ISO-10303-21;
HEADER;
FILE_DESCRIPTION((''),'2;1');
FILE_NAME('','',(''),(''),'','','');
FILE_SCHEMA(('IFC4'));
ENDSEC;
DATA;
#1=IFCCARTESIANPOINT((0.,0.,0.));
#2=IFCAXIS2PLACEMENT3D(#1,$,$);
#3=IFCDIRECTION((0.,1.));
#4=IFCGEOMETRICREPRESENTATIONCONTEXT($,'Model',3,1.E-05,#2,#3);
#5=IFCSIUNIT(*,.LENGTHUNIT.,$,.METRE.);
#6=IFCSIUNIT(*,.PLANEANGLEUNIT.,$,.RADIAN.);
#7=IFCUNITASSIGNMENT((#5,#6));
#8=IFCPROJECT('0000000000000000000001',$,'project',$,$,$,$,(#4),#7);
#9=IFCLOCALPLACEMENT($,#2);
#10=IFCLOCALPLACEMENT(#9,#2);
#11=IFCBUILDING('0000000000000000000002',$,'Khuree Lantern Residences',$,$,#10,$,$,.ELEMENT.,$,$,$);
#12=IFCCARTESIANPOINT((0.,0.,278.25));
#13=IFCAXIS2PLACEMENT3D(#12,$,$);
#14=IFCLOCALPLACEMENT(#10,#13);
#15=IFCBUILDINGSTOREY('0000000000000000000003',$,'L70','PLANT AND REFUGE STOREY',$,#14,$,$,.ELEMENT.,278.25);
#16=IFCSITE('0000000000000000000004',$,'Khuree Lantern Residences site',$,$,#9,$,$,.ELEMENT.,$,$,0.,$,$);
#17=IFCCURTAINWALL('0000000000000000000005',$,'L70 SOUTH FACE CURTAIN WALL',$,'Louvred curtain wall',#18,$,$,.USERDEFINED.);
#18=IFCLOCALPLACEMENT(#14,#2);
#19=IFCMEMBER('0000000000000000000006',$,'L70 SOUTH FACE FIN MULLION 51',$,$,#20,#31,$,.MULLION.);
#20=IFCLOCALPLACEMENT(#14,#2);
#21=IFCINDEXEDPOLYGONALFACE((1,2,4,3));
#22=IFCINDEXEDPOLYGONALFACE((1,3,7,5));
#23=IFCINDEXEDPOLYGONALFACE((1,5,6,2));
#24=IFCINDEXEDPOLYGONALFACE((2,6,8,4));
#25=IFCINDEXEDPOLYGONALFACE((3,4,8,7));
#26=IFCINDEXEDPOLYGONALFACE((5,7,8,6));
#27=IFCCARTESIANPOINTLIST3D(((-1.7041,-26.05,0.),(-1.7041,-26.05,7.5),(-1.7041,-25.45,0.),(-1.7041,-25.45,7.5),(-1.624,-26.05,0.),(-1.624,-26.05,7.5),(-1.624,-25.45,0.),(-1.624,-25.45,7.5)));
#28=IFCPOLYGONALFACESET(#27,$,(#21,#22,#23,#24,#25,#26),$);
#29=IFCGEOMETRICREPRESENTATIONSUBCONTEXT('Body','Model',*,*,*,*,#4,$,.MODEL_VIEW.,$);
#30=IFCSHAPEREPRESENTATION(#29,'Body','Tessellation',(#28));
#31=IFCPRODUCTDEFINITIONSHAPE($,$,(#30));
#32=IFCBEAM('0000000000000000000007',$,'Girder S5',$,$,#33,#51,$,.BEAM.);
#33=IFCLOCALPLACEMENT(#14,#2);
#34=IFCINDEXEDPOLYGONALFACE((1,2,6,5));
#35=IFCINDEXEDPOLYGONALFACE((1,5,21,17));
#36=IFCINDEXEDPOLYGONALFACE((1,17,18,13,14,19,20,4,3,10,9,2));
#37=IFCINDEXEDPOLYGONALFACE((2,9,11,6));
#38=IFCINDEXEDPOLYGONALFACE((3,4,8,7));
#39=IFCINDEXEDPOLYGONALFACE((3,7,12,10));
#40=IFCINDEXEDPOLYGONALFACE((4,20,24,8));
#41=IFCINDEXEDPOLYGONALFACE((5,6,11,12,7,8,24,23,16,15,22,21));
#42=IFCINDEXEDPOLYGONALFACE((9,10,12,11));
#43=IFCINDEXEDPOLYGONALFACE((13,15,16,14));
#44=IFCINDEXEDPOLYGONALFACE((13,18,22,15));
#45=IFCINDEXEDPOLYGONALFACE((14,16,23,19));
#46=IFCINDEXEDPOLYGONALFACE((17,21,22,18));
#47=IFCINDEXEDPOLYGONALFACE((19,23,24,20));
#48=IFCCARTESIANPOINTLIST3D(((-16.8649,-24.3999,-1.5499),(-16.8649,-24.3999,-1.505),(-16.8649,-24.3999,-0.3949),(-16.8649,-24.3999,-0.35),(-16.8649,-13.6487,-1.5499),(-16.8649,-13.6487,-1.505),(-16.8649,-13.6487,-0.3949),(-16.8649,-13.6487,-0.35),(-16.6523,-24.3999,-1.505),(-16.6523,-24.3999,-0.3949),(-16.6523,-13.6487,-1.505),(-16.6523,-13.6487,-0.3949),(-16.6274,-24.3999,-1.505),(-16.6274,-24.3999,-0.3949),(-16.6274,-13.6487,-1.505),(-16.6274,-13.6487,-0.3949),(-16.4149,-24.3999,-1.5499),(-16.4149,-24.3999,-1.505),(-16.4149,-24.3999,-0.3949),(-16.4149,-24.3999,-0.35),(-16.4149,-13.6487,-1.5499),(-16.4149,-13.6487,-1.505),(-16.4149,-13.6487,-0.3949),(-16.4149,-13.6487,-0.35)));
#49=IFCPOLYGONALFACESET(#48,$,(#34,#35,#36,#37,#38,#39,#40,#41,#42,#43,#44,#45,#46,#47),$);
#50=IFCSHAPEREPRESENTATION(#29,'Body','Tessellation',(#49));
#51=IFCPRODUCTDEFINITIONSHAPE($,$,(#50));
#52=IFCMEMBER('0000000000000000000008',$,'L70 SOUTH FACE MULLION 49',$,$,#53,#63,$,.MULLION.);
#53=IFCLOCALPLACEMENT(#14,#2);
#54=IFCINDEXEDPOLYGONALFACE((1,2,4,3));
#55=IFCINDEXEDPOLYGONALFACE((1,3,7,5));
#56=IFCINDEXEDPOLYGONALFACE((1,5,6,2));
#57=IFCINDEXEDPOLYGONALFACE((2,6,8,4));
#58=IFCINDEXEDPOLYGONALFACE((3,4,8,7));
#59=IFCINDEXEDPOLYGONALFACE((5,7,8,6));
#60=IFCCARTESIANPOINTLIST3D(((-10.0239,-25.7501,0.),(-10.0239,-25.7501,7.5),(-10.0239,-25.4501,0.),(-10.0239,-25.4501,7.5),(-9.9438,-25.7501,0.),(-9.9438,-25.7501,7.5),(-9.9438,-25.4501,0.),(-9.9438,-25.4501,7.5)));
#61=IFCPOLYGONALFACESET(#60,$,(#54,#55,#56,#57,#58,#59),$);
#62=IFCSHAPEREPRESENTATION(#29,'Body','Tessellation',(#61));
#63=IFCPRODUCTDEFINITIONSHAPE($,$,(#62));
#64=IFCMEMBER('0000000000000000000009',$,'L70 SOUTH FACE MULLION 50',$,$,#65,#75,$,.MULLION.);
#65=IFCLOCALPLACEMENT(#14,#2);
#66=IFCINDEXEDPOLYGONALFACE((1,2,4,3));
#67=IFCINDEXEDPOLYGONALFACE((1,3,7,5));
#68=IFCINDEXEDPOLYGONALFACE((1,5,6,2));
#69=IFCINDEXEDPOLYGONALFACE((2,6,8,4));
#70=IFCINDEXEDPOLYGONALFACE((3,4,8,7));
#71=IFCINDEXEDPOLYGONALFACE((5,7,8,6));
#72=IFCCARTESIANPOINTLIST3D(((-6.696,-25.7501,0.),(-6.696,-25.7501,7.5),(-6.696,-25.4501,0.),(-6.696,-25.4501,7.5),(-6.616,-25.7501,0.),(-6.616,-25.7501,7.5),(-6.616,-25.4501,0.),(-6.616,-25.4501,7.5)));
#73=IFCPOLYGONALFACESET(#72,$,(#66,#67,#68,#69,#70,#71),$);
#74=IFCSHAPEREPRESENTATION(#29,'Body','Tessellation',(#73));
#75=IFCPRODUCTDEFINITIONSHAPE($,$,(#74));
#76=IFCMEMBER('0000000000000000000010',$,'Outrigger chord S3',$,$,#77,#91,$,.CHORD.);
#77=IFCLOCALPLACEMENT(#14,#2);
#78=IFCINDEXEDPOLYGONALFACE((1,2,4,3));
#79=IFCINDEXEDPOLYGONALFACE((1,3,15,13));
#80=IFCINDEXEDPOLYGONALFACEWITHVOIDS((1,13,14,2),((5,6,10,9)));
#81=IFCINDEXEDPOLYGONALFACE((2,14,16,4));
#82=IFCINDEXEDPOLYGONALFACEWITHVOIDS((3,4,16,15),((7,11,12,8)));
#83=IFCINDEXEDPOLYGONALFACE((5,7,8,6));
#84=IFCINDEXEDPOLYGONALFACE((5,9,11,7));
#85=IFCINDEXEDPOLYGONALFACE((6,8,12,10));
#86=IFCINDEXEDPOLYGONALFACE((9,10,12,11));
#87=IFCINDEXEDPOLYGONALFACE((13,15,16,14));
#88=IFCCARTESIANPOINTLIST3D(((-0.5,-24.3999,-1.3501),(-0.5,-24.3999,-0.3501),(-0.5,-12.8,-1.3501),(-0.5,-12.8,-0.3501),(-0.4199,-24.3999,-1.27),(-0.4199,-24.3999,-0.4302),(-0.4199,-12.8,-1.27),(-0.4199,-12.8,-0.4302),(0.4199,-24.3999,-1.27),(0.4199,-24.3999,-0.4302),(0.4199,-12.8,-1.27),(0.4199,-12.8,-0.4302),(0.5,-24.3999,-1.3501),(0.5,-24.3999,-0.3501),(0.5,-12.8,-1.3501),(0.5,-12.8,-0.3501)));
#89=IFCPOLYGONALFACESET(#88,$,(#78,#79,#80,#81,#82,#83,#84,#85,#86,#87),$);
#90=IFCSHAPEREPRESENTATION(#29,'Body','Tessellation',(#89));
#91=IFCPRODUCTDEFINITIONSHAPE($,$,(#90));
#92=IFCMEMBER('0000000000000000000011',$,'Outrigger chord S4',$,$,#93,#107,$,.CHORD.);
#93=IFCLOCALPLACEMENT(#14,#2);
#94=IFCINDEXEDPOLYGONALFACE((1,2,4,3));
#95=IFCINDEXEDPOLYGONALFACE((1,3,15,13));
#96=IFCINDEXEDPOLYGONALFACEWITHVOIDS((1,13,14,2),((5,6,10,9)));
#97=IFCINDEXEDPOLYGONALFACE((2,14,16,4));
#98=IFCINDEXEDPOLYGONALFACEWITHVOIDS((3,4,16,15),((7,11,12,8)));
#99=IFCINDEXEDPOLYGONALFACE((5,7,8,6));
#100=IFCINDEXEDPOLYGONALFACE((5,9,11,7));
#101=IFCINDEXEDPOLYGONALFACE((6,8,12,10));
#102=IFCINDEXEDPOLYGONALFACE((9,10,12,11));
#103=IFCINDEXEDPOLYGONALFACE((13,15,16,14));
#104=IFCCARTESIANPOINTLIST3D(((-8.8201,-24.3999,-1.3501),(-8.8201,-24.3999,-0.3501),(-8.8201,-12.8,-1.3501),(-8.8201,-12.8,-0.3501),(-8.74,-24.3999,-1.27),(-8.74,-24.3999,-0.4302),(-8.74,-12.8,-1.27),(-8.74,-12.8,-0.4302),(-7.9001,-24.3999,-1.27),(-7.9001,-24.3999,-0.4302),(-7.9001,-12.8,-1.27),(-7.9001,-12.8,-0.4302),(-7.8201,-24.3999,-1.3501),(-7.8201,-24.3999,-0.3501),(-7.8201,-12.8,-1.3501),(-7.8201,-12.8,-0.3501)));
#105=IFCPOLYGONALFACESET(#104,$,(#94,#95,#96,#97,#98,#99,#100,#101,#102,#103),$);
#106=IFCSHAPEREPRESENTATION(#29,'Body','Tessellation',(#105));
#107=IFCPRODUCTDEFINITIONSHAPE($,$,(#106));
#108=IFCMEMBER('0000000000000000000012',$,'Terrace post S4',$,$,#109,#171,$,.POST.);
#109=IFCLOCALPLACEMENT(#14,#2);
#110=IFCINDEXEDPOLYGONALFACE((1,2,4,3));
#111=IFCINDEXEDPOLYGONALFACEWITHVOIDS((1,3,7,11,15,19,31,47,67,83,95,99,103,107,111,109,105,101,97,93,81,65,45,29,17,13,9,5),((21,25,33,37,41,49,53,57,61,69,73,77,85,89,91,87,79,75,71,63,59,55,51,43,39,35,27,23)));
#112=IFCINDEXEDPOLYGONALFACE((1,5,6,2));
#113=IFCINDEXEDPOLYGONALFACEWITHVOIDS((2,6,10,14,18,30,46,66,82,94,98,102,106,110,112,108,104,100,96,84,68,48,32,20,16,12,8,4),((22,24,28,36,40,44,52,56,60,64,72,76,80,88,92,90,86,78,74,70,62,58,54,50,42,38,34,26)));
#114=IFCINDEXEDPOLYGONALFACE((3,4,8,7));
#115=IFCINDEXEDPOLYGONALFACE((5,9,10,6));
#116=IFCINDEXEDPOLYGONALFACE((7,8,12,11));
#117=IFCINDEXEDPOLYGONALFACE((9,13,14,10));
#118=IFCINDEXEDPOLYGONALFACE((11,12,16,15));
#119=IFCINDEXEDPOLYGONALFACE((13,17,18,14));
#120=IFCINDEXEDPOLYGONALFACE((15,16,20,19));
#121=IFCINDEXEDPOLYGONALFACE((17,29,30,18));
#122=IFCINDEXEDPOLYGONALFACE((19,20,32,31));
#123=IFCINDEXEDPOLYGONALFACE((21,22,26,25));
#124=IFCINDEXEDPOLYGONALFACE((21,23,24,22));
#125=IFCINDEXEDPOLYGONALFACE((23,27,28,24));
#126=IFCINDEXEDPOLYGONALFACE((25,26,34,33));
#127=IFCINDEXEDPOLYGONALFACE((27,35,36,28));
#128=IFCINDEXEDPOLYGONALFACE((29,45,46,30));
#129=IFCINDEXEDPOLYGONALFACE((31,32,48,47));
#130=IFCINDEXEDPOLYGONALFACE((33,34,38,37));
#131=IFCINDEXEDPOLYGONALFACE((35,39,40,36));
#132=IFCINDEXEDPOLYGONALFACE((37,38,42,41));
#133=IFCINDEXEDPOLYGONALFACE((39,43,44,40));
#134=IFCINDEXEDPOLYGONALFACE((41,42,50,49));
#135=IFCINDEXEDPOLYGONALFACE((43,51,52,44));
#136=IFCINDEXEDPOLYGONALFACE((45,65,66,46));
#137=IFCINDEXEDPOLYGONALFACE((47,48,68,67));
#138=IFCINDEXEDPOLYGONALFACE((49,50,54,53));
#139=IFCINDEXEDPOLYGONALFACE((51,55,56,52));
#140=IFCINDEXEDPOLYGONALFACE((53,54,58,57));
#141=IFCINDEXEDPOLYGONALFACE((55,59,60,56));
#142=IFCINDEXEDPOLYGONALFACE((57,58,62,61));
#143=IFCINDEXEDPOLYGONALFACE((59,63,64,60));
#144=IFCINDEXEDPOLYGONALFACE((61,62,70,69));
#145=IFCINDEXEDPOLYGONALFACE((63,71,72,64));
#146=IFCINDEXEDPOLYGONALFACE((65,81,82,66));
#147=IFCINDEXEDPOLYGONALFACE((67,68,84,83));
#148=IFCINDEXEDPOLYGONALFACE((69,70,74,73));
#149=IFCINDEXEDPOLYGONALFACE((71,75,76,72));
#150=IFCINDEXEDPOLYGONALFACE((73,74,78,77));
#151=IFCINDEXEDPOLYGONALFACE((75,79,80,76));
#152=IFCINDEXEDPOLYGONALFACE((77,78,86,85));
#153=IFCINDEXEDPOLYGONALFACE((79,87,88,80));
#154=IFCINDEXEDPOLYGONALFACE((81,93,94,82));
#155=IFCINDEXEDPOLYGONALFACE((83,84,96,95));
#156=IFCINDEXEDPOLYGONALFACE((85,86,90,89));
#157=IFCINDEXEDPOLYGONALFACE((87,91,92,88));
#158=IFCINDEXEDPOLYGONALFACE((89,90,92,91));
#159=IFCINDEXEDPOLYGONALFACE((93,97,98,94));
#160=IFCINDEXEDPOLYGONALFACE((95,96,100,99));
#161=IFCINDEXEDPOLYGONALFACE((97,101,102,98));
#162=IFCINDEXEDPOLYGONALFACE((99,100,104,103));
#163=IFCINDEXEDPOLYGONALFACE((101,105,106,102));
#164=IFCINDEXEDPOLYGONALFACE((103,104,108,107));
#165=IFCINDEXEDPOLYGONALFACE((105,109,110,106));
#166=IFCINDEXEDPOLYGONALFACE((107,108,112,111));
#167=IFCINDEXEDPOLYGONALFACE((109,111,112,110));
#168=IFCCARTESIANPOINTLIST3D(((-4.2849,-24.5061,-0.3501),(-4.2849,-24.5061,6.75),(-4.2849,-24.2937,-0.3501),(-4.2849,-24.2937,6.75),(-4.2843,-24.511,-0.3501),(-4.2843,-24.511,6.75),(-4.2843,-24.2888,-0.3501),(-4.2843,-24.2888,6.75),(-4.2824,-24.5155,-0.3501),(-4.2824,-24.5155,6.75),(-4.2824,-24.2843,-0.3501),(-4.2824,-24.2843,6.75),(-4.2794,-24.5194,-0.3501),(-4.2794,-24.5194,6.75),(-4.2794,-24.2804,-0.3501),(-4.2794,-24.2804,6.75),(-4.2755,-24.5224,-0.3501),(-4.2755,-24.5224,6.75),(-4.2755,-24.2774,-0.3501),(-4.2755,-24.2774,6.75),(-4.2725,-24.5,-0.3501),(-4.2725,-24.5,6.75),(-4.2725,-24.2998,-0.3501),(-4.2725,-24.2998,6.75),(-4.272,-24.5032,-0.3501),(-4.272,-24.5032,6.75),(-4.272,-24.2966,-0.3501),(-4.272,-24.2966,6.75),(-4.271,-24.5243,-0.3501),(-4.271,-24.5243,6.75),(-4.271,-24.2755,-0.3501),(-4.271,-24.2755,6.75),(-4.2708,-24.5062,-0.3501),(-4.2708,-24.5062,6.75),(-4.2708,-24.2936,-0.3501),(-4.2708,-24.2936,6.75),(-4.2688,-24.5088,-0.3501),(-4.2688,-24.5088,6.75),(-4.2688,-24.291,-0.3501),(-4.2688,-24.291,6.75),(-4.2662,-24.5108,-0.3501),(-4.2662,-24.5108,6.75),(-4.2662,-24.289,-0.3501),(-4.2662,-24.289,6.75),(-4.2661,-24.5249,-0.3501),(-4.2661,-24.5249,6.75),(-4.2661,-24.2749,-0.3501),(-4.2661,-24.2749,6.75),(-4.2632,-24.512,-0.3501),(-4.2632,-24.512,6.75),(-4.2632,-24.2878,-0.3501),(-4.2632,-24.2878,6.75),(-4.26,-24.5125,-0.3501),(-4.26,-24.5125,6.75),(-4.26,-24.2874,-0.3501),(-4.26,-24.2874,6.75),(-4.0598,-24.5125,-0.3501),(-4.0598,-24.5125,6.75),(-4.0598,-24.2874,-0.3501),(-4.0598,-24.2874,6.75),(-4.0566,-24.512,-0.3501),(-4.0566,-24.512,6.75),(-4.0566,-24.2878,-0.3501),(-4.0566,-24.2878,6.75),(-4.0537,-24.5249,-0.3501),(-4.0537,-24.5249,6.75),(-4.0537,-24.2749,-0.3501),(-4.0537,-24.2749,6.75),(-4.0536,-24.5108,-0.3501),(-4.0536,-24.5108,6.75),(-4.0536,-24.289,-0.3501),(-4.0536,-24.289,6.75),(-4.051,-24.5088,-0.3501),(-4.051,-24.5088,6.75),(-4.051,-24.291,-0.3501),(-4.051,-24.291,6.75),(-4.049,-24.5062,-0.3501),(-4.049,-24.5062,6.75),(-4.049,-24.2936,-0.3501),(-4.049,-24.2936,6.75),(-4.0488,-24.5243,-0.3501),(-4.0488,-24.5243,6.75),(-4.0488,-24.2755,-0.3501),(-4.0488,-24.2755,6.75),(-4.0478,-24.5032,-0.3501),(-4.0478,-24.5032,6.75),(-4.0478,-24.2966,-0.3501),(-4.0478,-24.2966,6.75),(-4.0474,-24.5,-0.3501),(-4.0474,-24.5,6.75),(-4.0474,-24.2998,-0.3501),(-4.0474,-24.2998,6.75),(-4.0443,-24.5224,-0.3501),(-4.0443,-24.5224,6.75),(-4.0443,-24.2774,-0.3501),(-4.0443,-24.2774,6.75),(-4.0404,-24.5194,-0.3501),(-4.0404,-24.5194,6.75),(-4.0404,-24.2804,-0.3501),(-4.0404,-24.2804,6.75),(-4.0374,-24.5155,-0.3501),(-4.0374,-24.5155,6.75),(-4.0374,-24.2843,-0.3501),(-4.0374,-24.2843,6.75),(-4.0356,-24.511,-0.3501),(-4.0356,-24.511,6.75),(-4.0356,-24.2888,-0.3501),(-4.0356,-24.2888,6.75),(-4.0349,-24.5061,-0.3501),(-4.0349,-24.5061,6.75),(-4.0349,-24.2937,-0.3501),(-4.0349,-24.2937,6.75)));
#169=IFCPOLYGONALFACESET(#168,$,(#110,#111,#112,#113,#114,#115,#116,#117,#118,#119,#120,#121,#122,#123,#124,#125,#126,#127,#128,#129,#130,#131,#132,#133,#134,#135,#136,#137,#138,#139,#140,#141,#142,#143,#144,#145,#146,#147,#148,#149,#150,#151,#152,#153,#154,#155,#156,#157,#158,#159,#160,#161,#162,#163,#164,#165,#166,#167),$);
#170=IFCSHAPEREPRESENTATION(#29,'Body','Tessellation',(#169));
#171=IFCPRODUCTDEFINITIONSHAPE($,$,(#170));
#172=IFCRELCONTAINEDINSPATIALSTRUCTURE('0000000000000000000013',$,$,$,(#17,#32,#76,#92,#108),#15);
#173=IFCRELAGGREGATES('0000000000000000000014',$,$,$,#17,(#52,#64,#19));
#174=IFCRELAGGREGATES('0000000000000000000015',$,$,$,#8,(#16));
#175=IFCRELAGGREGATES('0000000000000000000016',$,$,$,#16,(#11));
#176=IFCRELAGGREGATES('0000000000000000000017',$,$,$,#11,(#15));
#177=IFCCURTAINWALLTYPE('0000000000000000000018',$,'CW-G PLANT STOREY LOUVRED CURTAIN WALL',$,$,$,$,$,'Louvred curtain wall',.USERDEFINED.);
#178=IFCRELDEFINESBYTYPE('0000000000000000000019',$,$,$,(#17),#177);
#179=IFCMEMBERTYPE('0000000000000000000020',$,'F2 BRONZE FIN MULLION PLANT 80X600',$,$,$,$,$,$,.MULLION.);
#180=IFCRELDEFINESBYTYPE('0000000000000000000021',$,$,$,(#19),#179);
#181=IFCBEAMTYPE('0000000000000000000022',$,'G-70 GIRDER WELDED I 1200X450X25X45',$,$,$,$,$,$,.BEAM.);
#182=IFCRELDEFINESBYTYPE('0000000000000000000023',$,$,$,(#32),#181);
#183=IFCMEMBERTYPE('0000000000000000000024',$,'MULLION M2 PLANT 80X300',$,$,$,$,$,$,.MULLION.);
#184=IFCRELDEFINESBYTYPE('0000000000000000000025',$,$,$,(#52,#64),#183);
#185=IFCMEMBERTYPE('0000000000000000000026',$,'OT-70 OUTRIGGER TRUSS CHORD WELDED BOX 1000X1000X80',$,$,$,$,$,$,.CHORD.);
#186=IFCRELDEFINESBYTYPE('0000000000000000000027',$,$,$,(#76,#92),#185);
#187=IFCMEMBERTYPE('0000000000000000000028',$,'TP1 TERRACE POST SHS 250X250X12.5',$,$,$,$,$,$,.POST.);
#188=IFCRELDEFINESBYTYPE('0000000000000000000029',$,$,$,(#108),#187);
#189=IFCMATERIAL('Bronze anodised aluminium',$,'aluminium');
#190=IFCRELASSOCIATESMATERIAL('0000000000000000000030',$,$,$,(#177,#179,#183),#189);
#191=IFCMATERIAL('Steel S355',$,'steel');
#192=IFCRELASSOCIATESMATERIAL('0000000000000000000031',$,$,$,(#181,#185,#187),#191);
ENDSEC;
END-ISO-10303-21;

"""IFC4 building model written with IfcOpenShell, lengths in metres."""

from ifc_helpers import new_model, si_unit, direction, frame, origin, origin_2d, place, context, subcontext, project, spatial, rectangle, hollow_rectangle, i_section, extrude, material, material_profile, profile_set, type_object, element, aggregate, save


model = new_model("IFC4")

# Units and contexts
model_context = context("Model", 3, precision=1e-05, world=origin(), true_north=direction((0.0, 1.0)))
body_context = subcontext(model_context, "Body", "Model", "MODEL_VIEW")
ifc_project = project(units=[si_unit("LENGTHUNIT", "METRE"), si_unit("PLANEANGLEUNIT", "RADIAN")], contexts=[model_context])

# Site, building, storey
site_placement = place(None, origin())
site = spatial("IfcSite", under=ifc_project, at=site_placement, Name="Khuree Lantern Residences site", CompositionType="ELEMENT", RefElevation=0.0)
building_placement = place(site_placement, origin())
building = spatial("IfcBuilding", under=site, at=building_placement, Name="Khuree Lantern Residences", CompositionType="ELEMENT")
storey_placement = place(building_placement, frame((0.0, 0.0, 278.25)))
storey = spatial("IfcBuildingStorey", under=building, at=storey_placement, Name="L70", Description="PLANT AND REFUGE STOREY", CompositionType="ELEMENT", Elevation=278.25)

# Shared definitions
ifc_material_1 = material(Name="Steel S355", Category="steel")

# Curtain wall, member
ifc_material_2 = material(Name="Bronze anodised aluminium", Category="aluminium")
curtain_wall_type = type_object("IfcCurtainWallType", Name="CW-G PLANT STOREY LOUVRED CURTAIN WALL", ElementType="Louvred curtain wall", PredefinedType="USERDEFINED", material=ifc_material_2)
curtain_wall_placement = place(storey_placement, origin())
curtain_wall = element("IfcCurtainWall", 1, at=curtain_wall_placement, inside=storey, type_object=curtain_wall_type, Name="L70 SOUTH FACE CURTAIN WALL", ObjectType="Louvred curtain wall", PredefinedType="USERDEFINED")
ifc_material_profile_1 = material_profile(ifc_material_2, rectangle(XDim=0.0801, YDim=0.6001, at=origin_2d()), Name="F2 80X600")
ifc_profile_set_1 = profile_set([ifc_material_profile_1], Name="Bronze anodised aluminium")
member_type_1 = type_object("IfcMemberType", Name="F2 BRONZE FIN MULLION PLANT 80X600", PredefinedType="MULLION", material=ifc_profile_set_1)
member_1_placement = place(storey_placement, frame((-1.6641, -25.75, 0.0), z_axis=(0.0, 0.0, 1.0), x_axis=(1.0, 0.0, 0.0)))
member_1 = element("IfcMember", 2, at=member_1_placement, type_object=member_type_1, Name="L70 SOUTH FACE FIN MULLION 51", PredefinedType="MULLION", context=body_context, shape_type="SweptSolid", body=[
    extrude(rectangle(XDim=0.0801, YDim=0.6001, at=origin_2d()), origin(), (0.0, 0.0, 1.0), 7.5),
])

# Beam
ifc_material_profile_2 = material_profile(ifc_material_1, i_section(OverallWidth=0.45, OverallDepth=1.2, WebThickness=0.0249, FlangeThickness=0.0449, at=origin_2d()), Name="WELDED I 1200X450X25X45")
ifc_profile_set_2 = profile_set([ifc_material_profile_2], Name="Steel S355")
beam_type_1 = type_object("IfcBeamType", Name="G-70 GIRDER WELDED I 1200X450X25X45", PredefinedType="BEAM", material=ifc_profile_set_2)
beam_placement = place(storey_placement, frame((-16.6399, -24.3999, -0.95), z_axis=(0.0, 1.0, 0.0), x_axis=(-1.0, 0.0, 0.0)))
element("IfcBeam", 3, at=beam_placement, inside=storey, type_object=beam_type_1, Name="Girder S5", PredefinedType="BEAM", context=body_context, shape_type="SweptSolid", body=[
    extrude(i_section(OverallWidth=0.45, OverallDepth=1.2, WebThickness=0.0249, FlangeThickness=0.0449, at=origin_2d()), origin(), (0.0, 0.0, 1.0), 10.7512),
])

# Members
ifc_material_profile_3 = material_profile(ifc_material_2, rectangle(XDim=0.0801, YDim=0.3, at=origin_2d()), Name="M2 80X300")
ifc_profile_set_3 = profile_set([ifc_material_profile_3], Name="Bronze anodised aluminium")
member_type_2 = type_object("IfcMemberType", Name="MULLION M2 PLANT 80X300", PredefinedType="MULLION", material=ifc_profile_set_3)
member_2_placement = place(storey_placement, frame((-9.9839, -25.6001, 0.0), z_axis=(0.0, 0.0, 1.0), x_axis=(1.0, 0.0, 0.0)))
member_2 = element("IfcMember", 4, at=member_2_placement, type_object=member_type_2, Name="L70 SOUTH FACE MULLION 49", PredefinedType="MULLION", context=body_context, shape_type="SweptSolid", body=[
    extrude(rectangle(XDim=0.0801, YDim=0.3, at=origin_2d()), origin(), (0.0, 0.0, 1.0), 7.5),
])
member_3_placement = place(storey_placement, frame((-6.656, -25.6001, 0.0), z_axis=(0.0, 0.0, 1.0), x_axis=(1.0, 0.0, 0.0)))
member_3 = element("IfcMember", 5, at=member_3_placement, type_object=member_type_2, Name="L70 SOUTH FACE MULLION 50", PredefinedType="MULLION", context=body_context, shape_type="SweptSolid", body=[
    extrude(rectangle(XDim=0.0801, YDim=0.3, at=origin_2d()), origin(), (0.0, 0.0, 1.0), 7.5),
])

# Members
ifc_material_profile_4 = material_profile(ifc_material_1, hollow_rectangle(XDim=1.0, YDim=1.0, WallThickness=0.0801, at=origin_2d()), Name="WELDED BOX 1000X1000X80")
ifc_profile_set_4 = profile_set([ifc_material_profile_4], Name="Steel S355")
member_type_3 = type_object("IfcMemberType", Name="OT-70 OUTRIGGER TRUSS CHORD WELDED BOX 1000X1000X80", PredefinedType="CHORD", material=ifc_profile_set_4)
for number, where, z_axis, x_axis, name in (
    (6, (0.0, -24.3999, -0.8501), (0.0, 1.0, 0.0), (-1.0, 0.0, 0.0), "Outrigger chord S3"),
    (7, (-8.3201, -24.3999, -0.8501), (0.0, 1.0, 0.0), (-1.0, 0.0, 0.0), "Outrigger chord S4"),
):
    element("IfcMember", number, at=place(storey_placement, frame(where, z_axis=z_axis, x_axis=x_axis)), inside=storey, type_object=member_type_3, Name=name, PredefinedType="CHORD", context=body_context, shape_type="SweptSolid", body=[
        extrude(hollow_rectangle(XDim=1.0, YDim=1.0, WallThickness=0.0801, at=origin_2d()), origin(), (0.0, 0.0, 1.0), 11.5999),
    ])
ifc_material_profile_5 = material_profile(ifc_material_1, hollow_rectangle(XDim=0.25, YDim=0.25, WallThickness=0.0125, InnerFilletRadius=0.0125, OuterFilletRadius=0.0188, at=origin_2d()), Name="SHS 250X250X12.5")
ifc_profile_set_5 = profile_set([ifc_material_profile_5], Name="Steel S355")
member_type_4 = type_object("IfcMemberType", Name="TP1 TERRACE POST SHS 250X250X12.5", PredefinedType="POST", material=ifc_profile_set_5)
for number, where, z_axis, x_axis, name in (
    (8, (-4.1599, -24.3999, -0.3501), (0.0, 0.0, 1.0), (1.0, 0.0, 0.0), "Terrace post S4"),
):
    element("IfcMember", number, at=place(storey_placement, frame(where, z_axis=z_axis, x_axis=x_axis)), inside=storey, type_object=member_type_4, Name=name, PredefinedType="POST", context=body_context, shape_type="SweptSolid", body=[
        extrude(hollow_rectangle(XDim=0.25, YDim=0.25, WallThickness=0.0125, InnerFilletRadius=0.0125, OuterFilletRadius=0.0188, at=origin_2d()), origin(), (0.0, 0.0, 1.0), 7.1001),
    ])

aggregate(curtain_wall, [member_2, member_3, member_1])

save(model, "model.ifc")
